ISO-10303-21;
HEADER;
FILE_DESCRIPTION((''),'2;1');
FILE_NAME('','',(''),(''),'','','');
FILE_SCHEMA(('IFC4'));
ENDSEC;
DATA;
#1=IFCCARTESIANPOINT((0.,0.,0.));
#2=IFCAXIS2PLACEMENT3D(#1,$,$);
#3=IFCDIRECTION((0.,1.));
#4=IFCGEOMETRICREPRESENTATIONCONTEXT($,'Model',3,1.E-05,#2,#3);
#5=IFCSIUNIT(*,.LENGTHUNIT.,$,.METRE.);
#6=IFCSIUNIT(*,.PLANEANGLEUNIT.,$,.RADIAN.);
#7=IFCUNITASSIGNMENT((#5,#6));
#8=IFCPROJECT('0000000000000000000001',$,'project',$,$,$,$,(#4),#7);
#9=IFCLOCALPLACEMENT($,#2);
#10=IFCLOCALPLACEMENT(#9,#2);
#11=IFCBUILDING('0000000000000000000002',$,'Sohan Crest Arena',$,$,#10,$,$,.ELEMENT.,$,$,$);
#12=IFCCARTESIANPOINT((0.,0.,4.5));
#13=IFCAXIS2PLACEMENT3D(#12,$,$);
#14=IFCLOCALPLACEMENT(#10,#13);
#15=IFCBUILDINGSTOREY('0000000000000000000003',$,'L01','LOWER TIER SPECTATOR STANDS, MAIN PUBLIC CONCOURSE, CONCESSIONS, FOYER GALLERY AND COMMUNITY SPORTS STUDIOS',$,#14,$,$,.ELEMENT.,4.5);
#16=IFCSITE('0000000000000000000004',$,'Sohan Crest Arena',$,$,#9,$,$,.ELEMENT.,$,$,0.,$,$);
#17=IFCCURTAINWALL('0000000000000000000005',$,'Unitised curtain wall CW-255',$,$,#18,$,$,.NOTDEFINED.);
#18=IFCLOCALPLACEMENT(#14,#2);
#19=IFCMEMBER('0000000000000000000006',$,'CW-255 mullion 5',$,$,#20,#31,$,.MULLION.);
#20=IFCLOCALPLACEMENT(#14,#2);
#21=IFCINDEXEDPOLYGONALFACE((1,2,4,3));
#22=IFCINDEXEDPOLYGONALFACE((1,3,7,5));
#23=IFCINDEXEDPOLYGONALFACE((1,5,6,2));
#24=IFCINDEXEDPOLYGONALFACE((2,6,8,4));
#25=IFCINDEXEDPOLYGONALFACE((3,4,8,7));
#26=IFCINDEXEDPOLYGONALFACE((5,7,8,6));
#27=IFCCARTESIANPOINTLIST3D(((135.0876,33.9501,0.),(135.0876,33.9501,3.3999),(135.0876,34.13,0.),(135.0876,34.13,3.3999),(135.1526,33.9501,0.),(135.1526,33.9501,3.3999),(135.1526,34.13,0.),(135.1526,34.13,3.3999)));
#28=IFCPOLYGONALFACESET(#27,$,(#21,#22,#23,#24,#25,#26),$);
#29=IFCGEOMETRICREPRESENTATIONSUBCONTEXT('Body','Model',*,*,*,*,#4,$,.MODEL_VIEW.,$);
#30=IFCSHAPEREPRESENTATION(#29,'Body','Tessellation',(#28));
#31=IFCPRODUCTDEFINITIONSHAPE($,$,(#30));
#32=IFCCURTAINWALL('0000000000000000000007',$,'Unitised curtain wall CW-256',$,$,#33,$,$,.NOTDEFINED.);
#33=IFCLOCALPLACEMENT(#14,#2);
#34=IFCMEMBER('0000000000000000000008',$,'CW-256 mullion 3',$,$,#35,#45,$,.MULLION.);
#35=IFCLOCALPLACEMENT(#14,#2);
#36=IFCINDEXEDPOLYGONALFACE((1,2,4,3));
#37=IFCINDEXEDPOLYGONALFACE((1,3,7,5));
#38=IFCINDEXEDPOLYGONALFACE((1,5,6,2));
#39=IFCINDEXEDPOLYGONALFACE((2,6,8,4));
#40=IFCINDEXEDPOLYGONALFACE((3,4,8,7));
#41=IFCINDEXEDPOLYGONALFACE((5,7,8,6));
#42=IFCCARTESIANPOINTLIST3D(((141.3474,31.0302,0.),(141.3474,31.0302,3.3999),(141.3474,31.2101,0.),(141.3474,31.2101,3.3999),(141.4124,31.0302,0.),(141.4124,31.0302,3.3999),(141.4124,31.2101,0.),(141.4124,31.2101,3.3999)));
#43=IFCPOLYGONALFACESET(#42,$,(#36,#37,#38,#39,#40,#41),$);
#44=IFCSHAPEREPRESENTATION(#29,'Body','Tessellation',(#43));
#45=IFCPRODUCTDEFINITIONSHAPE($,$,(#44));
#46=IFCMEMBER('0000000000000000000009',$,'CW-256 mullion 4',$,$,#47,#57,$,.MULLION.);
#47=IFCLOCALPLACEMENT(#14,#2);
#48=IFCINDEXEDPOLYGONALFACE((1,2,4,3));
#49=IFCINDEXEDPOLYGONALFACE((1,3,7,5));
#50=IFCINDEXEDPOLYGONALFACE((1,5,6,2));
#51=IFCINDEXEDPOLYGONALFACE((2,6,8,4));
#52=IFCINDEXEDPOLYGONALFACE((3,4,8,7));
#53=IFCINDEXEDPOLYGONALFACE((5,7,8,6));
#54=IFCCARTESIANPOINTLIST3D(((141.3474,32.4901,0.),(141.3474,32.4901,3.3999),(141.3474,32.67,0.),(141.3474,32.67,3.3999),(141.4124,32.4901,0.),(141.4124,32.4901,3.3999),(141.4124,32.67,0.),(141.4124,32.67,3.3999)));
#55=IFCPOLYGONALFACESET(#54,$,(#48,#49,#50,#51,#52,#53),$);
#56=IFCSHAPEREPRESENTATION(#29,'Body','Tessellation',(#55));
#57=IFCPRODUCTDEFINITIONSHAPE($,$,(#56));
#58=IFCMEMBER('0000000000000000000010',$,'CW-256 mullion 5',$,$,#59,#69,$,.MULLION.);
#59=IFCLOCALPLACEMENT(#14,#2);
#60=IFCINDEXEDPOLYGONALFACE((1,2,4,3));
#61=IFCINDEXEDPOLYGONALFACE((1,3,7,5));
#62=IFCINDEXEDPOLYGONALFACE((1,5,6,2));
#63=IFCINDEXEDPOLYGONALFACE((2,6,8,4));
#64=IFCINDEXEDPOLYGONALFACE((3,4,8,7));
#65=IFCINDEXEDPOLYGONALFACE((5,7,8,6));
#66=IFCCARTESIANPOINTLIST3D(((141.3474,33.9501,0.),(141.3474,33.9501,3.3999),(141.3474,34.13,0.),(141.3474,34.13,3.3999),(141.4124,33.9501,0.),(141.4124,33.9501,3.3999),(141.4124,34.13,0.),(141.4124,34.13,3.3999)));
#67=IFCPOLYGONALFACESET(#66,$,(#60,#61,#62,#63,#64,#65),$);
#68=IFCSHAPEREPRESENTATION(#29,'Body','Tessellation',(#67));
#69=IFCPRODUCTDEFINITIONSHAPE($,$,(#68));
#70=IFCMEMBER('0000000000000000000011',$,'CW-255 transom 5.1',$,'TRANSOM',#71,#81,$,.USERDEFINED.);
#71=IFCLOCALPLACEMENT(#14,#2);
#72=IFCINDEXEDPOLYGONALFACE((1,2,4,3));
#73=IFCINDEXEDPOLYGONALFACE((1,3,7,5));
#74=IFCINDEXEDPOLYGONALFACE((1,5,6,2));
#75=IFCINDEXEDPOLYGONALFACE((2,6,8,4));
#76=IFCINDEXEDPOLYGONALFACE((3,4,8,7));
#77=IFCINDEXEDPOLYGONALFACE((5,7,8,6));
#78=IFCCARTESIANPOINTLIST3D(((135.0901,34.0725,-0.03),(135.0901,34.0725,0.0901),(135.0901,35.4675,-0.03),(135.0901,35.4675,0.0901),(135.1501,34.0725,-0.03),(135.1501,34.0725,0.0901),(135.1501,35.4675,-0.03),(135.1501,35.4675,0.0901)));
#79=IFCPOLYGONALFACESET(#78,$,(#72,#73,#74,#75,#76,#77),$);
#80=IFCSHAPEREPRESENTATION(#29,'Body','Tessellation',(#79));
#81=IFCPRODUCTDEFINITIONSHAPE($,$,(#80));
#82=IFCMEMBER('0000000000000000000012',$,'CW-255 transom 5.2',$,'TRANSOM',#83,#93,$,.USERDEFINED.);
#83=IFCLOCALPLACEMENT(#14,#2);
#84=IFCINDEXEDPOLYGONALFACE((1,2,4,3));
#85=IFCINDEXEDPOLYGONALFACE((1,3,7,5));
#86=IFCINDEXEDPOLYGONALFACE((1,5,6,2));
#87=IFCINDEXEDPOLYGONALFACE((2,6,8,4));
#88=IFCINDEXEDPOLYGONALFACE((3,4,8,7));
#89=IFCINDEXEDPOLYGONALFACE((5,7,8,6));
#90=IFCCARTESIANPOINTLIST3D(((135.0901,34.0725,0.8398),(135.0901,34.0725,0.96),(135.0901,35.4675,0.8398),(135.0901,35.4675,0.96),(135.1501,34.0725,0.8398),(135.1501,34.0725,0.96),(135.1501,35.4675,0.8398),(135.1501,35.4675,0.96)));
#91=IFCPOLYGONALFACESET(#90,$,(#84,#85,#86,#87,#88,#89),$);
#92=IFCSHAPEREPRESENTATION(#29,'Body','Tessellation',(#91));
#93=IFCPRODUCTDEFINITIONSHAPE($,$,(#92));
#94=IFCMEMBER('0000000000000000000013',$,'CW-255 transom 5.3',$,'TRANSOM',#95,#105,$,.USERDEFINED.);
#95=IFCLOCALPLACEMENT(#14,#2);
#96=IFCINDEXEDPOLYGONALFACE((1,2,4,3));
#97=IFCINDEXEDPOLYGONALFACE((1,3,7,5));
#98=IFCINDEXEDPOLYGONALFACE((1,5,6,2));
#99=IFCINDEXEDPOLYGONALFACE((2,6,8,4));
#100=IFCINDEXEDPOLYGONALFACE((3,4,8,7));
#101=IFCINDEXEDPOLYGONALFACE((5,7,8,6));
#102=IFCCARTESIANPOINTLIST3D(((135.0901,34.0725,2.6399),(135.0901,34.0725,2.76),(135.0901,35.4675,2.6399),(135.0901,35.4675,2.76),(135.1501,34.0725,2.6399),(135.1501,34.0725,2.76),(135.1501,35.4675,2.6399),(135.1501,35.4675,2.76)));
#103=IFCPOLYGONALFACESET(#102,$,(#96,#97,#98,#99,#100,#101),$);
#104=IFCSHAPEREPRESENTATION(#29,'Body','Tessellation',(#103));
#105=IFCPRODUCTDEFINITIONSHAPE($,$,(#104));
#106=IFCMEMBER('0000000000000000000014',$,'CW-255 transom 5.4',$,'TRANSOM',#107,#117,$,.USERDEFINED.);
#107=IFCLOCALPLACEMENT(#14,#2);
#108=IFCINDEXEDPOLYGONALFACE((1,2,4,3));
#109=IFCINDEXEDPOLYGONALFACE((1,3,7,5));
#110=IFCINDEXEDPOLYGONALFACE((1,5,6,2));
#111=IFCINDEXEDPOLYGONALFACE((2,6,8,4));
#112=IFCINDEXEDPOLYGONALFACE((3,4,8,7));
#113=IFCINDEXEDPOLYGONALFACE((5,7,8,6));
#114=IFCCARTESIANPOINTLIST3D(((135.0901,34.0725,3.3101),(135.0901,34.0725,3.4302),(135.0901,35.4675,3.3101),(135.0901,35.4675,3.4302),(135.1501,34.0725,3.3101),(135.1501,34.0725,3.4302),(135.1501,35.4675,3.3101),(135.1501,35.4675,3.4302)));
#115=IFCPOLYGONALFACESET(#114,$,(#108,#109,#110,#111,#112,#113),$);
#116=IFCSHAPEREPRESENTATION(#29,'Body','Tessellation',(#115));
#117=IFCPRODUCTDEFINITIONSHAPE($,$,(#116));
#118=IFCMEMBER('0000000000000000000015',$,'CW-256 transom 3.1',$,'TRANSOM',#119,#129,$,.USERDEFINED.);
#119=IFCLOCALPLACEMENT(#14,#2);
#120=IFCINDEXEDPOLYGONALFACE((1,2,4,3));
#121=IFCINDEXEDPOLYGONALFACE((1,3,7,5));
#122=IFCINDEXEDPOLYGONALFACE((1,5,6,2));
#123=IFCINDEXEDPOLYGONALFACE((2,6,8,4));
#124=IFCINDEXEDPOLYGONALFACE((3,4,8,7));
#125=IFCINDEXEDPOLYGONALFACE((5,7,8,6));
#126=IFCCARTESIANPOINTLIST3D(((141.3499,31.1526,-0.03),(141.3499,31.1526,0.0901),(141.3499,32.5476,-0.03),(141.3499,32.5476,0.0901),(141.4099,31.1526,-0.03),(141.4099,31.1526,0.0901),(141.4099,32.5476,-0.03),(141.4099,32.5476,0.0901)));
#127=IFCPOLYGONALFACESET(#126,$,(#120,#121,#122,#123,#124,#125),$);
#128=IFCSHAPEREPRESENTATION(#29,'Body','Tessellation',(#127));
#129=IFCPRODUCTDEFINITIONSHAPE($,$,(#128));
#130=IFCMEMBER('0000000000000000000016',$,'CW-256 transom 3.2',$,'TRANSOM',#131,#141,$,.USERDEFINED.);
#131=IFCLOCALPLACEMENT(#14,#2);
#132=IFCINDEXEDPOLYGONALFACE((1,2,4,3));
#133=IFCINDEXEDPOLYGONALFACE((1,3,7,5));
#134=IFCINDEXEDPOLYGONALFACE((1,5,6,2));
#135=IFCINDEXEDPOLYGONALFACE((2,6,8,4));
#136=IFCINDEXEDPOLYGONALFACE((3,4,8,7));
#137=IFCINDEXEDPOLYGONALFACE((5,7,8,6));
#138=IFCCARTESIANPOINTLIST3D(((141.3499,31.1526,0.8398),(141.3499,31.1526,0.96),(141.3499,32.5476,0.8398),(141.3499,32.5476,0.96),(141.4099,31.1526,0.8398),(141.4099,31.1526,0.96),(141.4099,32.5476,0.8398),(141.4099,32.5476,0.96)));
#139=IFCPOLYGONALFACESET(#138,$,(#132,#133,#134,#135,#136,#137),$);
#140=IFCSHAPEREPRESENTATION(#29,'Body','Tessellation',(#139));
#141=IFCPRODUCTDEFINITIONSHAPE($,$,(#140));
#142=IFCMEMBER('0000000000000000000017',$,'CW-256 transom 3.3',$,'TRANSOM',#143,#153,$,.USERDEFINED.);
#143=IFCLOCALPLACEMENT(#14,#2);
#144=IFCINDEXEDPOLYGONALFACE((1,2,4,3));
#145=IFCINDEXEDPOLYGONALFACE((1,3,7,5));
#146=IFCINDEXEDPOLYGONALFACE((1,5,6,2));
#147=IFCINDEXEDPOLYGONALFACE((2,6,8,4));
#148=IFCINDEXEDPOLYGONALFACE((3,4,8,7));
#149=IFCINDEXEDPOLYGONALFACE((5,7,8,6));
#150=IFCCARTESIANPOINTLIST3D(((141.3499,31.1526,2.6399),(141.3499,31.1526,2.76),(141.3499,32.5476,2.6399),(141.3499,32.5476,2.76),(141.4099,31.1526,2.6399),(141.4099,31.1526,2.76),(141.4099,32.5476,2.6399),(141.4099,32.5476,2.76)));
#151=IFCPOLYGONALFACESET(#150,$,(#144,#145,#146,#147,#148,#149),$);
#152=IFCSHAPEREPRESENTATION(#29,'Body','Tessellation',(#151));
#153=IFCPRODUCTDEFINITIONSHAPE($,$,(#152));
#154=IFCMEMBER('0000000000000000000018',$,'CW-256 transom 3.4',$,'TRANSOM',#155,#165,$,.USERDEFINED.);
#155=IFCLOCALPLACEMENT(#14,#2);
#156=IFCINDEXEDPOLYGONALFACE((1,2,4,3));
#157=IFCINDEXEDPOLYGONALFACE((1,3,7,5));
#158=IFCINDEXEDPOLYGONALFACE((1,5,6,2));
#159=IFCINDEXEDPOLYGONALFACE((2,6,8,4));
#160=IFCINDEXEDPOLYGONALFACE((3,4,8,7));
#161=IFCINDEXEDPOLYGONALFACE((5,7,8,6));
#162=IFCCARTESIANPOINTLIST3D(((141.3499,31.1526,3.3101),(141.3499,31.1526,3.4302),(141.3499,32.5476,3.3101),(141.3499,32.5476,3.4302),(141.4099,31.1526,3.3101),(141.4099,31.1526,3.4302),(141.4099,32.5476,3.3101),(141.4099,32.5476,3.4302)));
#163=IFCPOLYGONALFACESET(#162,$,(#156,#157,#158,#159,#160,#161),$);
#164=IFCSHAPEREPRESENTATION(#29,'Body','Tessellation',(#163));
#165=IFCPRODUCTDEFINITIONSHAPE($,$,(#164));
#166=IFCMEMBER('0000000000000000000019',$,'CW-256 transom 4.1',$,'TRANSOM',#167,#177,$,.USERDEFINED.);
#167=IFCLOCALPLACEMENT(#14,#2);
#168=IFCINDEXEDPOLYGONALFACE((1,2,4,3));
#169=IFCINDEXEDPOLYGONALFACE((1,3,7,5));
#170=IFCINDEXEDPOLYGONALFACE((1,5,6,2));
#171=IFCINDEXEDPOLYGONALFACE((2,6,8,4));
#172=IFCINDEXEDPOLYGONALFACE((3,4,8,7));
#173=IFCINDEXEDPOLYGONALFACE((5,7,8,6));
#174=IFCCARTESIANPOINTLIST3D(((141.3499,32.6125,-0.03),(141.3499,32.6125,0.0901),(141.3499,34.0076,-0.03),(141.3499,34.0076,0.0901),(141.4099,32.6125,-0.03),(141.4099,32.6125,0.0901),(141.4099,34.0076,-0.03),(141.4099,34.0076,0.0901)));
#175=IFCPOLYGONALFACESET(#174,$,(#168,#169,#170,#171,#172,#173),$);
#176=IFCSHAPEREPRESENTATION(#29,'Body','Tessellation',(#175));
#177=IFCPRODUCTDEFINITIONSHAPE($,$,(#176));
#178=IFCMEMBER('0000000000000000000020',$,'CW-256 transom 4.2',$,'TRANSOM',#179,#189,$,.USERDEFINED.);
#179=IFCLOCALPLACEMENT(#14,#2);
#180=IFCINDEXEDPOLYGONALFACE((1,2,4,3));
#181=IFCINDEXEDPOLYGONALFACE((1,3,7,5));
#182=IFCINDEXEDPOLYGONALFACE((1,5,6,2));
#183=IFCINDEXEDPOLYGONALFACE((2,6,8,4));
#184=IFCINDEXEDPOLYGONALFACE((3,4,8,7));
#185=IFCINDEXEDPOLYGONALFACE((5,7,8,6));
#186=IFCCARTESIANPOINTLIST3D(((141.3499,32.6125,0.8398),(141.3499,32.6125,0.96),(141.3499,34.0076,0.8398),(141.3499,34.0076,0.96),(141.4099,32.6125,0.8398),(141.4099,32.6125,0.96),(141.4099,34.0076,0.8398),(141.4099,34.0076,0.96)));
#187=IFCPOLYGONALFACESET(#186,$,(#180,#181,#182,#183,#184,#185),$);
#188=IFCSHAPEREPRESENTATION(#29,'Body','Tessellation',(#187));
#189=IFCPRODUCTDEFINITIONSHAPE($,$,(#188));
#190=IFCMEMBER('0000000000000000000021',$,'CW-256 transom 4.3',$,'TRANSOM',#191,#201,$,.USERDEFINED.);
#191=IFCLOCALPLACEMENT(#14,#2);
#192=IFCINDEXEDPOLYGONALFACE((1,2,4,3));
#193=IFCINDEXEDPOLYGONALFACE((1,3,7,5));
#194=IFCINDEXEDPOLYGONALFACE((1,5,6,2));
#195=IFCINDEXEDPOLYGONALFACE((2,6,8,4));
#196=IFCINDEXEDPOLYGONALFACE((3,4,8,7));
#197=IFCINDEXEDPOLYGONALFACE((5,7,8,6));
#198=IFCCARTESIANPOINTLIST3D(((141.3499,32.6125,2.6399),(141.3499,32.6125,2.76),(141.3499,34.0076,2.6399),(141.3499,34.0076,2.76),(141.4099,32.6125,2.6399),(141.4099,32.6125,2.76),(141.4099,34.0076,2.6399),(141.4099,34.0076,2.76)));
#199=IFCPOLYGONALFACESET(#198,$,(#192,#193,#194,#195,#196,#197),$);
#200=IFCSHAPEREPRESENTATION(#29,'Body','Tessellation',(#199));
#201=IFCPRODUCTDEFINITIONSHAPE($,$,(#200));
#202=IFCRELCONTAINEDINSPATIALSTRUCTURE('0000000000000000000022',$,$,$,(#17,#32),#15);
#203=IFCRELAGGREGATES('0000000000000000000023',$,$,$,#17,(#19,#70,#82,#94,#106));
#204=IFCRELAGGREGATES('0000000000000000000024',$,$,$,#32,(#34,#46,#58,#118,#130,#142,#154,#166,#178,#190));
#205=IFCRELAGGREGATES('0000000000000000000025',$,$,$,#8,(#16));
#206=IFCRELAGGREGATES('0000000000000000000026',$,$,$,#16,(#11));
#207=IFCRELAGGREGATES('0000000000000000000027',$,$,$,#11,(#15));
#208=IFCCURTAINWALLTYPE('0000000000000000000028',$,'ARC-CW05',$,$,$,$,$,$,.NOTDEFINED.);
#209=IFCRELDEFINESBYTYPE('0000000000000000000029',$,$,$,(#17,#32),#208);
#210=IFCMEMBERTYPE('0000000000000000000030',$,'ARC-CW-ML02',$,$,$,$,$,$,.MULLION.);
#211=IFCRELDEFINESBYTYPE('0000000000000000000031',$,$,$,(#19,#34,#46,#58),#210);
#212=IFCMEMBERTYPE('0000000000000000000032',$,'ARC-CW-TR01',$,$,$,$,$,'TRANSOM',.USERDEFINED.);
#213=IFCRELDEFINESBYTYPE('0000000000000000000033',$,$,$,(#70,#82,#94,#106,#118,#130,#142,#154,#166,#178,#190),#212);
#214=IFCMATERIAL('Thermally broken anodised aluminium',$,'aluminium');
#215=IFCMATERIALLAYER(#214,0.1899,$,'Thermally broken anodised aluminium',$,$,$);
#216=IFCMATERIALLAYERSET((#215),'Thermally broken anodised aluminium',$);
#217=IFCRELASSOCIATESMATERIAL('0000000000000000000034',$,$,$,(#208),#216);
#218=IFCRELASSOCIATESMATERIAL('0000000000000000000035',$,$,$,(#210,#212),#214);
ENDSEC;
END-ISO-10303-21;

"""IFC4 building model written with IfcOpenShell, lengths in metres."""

from ifc_helpers import new_model, si_unit, direction, frame, origin, origin_2d, place, context, subcontext, project, spatial, rectangle, extrude, material, layer, layer_set, material_profile, profile_set, type_object, element, aggregate, save


model = new_model("IFC4")

# Units and contexts
model_context = context("Model", 3, precision=1e-05, world=origin(), true_north=direction((0.0, 1.0)))
body_context = subcontext(model_context, "Body", "Model", "MODEL_VIEW")
ifc_project = project(units=[si_unit("LENGTHUNIT", "METRE"), si_unit("PLANEANGLEUNIT", "RADIAN")], contexts=[model_context])

# Site, building, storey
site_placement = place(None, origin())
site = spatial("IfcSite", under=ifc_project, at=site_placement, Name="Sohan Crest Arena", CompositionType="ELEMENT", RefElevation=0.0)
building_placement = place(site_placement, origin())
building = spatial("IfcBuilding", under=site, at=building_placement, Name="Sohan Crest Arena", CompositionType="ELEMENT")
storey_placement = place(building_placement, frame((0.0, 0.0, 4.5)))
storey = spatial("IfcBuildingStorey", under=building, at=storey_placement, Name="L01", Description="LOWER TIER SPECTATOR STANDS, MAIN PUBLIC CONCOURSE, CONCESSIONS, FOYER GALLERY AND COMMUNITY SPORTS STUDIOS", CompositionType="ELEMENT", Elevation=4.5)

# Curtain wall, member
ifc_material_1 = material(Name="Thermally broken anodised aluminium", Category="aluminium")
ifc_layer_1 = layer(ifc_material_1, 0.1899, Name="Thermally broken anodised aluminium")
ifc_layer_set_1 = layer_set([ifc_layer_1], Name="Thermally broken anodised aluminium")
curtain_wall_type = type_object("IfcCurtainWallType", Name="ARC-CW05", PredefinedType="NOTDEFINED", material=ifc_layer_set_1)
curtain_wall_1_placement = place(storey_placement, origin())
curtain_wall_1 = element("IfcCurtainWall", 1, at=curtain_wall_1_placement, inside=storey, type_object=curtain_wall_type, Name="Unitised curtain wall CW-255", PredefinedType="NOTDEFINED")
ifc_material_profile_1 = material_profile(ifc_material_1, rectangle(XDim=0.0649, YDim=0.1799, at=origin_2d()), Name="ALU-MULL 65x180")
ifc_profile_set_1 = profile_set([ifc_material_profile_1], Name="Thermally broken anodised aluminium")
member_type_1 = type_object("IfcMemberType", Name="ARC-CW-ML02", PredefinedType="MULLION", material=ifc_profile_set_1)
member_1_placement = place(storey_placement, frame((135.1201, 34.04, 0.0), z_axis=(0.0, 0.0, 1.0), x_axis=(-1.0, 0.0, 0.0)))
member_1 = element("IfcMember", 2, at=member_1_placement, type_object=member_type_1, Name="CW-255 mullion 5", PredefinedType="MULLION", context=body_context, shape_type="SweptSolid", body=[
    extrude(rectangle(XDim=0.0649, YDim=0.1799, at=origin_2d()), origin(), (0.0, 0.0, 1.0), 3.3999),
])

# Curtain wall, members
curtain_wall_2_placement = place(storey_placement, origin())
curtain_wall_2 = element("IfcCurtainWall", 3, at=curtain_wall_2_placement, inside=storey, type_object=curtain_wall_type, Name="Unitised curtain wall CW-256", PredefinedType="NOTDEFINED")
member_2_placement = place(storey_placement, frame((141.3799, 31.1201, 0.0), z_axis=(0.0, 0.0, 1.0), x_axis=(-1.0, 0.0, 0.0)))
member_2 = element("IfcMember", 4, at=member_2_placement, type_object=member_type_1, Name="CW-256 mullion 3", PredefinedType="MULLION", context=body_context, shape_type="SweptSolid", body=[
    extrude(rectangle(XDim=0.0649, YDim=0.1799, at=origin_2d()), origin(), (0.0, 0.0, 1.0), 3.3999),
])
member_3_placement = place(storey_placement, frame((141.3799, 32.5801, 0.0), z_axis=(0.0, 0.0, 1.0), x_axis=(-1.0, 0.0, 0.0)))
member_3 = element("IfcMember", 5, at=member_3_placement, type_object=member_type_1, Name="CW-256 mullion 4", PredefinedType="MULLION", context=body_context, shape_type="SweptSolid", body=[
    extrude(rectangle(XDim=0.0649, YDim=0.1799, at=origin_2d()), origin(), (0.0, 0.0, 1.0), 3.3999),
])
member_4_placement = place(storey_placement, frame((141.3799, 34.04, 0.0), z_axis=(0.0, 0.0, 1.0), x_axis=(-1.0, 0.0, 0.0)))
member_4 = element("IfcMember", 6, at=member_4_placement, type_object=member_type_1, Name="CW-256 mullion 5", PredefinedType="MULLION", context=body_context, shape_type="SweptSolid", body=[
    extrude(rectangle(XDim=0.0649, YDim=0.1799, at=origin_2d()), origin(), (0.0, 0.0, 1.0), 3.3999),
])

# Members
ifc_material_profile_2 = material_profile(ifc_material_1, rectangle(XDim=0.0601, YDim=0.1201, at=origin_2d()), Name="ALU-TRAN 60x120")
ifc_profile_set_2 = profile_set([ifc_material_profile_2], Name="Thermally broken anodised aluminium")
member_type_2 = type_object("IfcMemberType", Name="ARC-CW-TR01", ElementType="TRANSOM", PredefinedType="USERDEFINED", material=ifc_profile_set_2)
member_5_placement = place(storey_placement, frame((135.1201, 34.0725, 0.03), z_axis=(0.0, 1.0, 0.0), x_axis=(-1.0, 0.0, 0.0)))
member_5 = element("IfcMember", 7, at=member_5_placement, type_object=member_type_2, Name="CW-255 transom 5.1", ObjectType="TRANSOM", PredefinedType="USERDEFINED", context=body_context, shape_type="SweptSolid", body=[
    extrude(rectangle(XDim=0.0601, YDim=0.1201, at=origin_2d()), origin(), (0.0, 0.0, 1.0), 1.395),
])
member_6_placement = place(storey_placement, frame((135.1201, 34.0725, 0.8999), z_axis=(0.0, 1.0, 0.0), x_axis=(-1.0, 0.0, 0.0)))
member_6 = element("IfcMember", 8, at=member_6_placement, type_object=member_type_2, Name="CW-255 transom 5.2", ObjectType="TRANSOM", PredefinedType="USERDEFINED", context=body_context, shape_type="SweptSolid", body=[
    extrude(rectangle(XDim=0.0601, YDim=0.1201, at=origin_2d()), origin(), (0.0, 0.0, 1.0), 1.395),
])
member_7_placement = place(storey_placement, frame((135.1201, 34.0725, 2.7), z_axis=(0.0, 1.0, 0.0), x_axis=(-1.0, 0.0, 0.0)))
member_7 = element("IfcMember", 9, at=member_7_placement, type_object=member_type_2, Name="CW-255 transom 5.3", ObjectType="TRANSOM", PredefinedType="USERDEFINED", context=body_context, shape_type="SweptSolid", body=[
    extrude(rectangle(XDim=0.0601, YDim=0.1201, at=origin_2d()), origin(), (0.0, 0.0, 1.0), 1.395),
])
member_8_placement = place(storey_placement, frame((135.1201, 34.0725, 3.3701), z_axis=(0.0, 1.0, 0.0), x_axis=(-1.0, 0.0, 0.0)))
member_8 = element("IfcMember", 10, at=member_8_placement, type_object=member_type_2, Name="CW-255 transom 5.4", ObjectType="TRANSOM", PredefinedType="USERDEFINED", context=body_context, shape_type="SweptSolid", body=[
    extrude(rectangle(XDim=0.0601, YDim=0.1201, at=origin_2d()), origin(), (0.0, 0.0, 1.0), 1.395),
])
member_9_placement = place(storey_placement, frame((141.3799, 31.1526, 0.03), z_axis=(0.0, 1.0, 0.0), x_axis=(-1.0, 0.0, 0.0)))
member_9 = element("IfcMember", 11, at=member_9_placement, type_object=member_type_2, Name="CW-256 transom 3.1", ObjectType="TRANSOM", PredefinedType="USERDEFINED", context=body_context, shape_type="SweptSolid", body=[
    extrude(rectangle(XDim=0.0601, YDim=0.1201, at=origin_2d()), origin(), (0.0, 0.0, 1.0), 1.395),
])
member_10_placement = place(storey_placement, frame((141.3799, 31.1526, 0.8999), z_axis=(0.0, 1.0, 0.0), x_axis=(-1.0, 0.0, 0.0)))
member_10 = element("IfcMember", 12, at=member_10_placement, type_object=member_type_2, Name="CW-256 transom 3.2", ObjectType="TRANSOM", PredefinedType="USERDEFINED", context=body_context, shape_type="SweptSolid", body=[
    extrude(rectangle(XDim=0.0601, YDim=0.1201, at=origin_2d()), origin(), (0.0, 0.0, 1.0), 1.395),
])
member_11_placement = place(storey_placement, frame((141.3799, 31.1526, 2.7), z_axis=(0.0, 1.0, 0.0), x_axis=(-1.0, 0.0, 0.0)))
member_11 = element("IfcMember", 13, at=member_11_placement, type_object=member_type_2, Name="CW-256 transom 3.3", ObjectType="TRANSOM", PredefinedType="USERDEFINED", context=body_context, shape_type="SweptSolid", body=[
    extrude(rectangle(XDim=0.0601, YDim=0.1201, at=origin_2d()), origin(), (0.0, 0.0, 1.0), 1.395),
])
member_12_placement = place(storey_placement, frame((141.3799, 31.1526, 3.3701), z_axis=(0.0, 1.0, 0.0), x_axis=(-1.0, 0.0, 0.0)))
member_12 = element("IfcMember", 14, at=member_12_placement, type_object=member_type_2, Name="CW-256 transom 3.4", ObjectType="TRANSOM", PredefinedType="USERDEFINED", context=body_context, shape_type="SweptSolid", body=[
    extrude(rectangle(XDim=0.0601, YDim=0.1201, at=origin_2d()), origin(), (0.0, 0.0, 1.0), 1.395),
])
member_13_placement = place(storey_placement, frame((141.3799, 32.6125, 0.03), z_axis=(0.0, 1.0, 0.0), x_axis=(-1.0, 0.0, 0.0)))
member_13 = element("IfcMember", 15, at=member_13_placement, type_object=member_type_2, Name="CW-256 transom 4.1", ObjectType="TRANSOM", PredefinedType="USERDEFINED", context=body_context, shape_type="SweptSolid", body=[
    extrude(rectangle(XDim=0.0601, YDim=0.1201, at=origin_2d()), origin(), (0.0, 0.0, 1.0), 1.395),
])
member_14_placement = place(storey_placement, frame((141.3799, 32.6125, 0.8999), z_axis=(0.0, 1.0, 0.0), x_axis=(-1.0, 0.0, 0.0)))
member_14 = element("IfcMember", 16, at=member_14_placement, type_object=member_type_2, Name="CW-256 transom 4.2", ObjectType="TRANSOM", PredefinedType="USERDEFINED", context=body_context, shape_type="SweptSolid", body=[
    extrude(rectangle(XDim=0.0601, YDim=0.1201, at=origin_2d()), origin(), (0.0, 0.0, 1.0), 1.395),
])
member_15_placement = place(storey_placement, frame((141.3799, 32.6125, 2.7), z_axis=(0.0, 1.0, 0.0), x_axis=(-1.0, 0.0, 0.0)))
member_15 = element("IfcMember", 17, at=member_15_placement, type_object=member_type_2, Name="CW-256 transom 4.3", ObjectType="TRANSOM", PredefinedType="USERDEFINED", context=body_context, shape_type="SweptSolid", body=[
    extrude(rectangle(XDim=0.0601, YDim=0.1201, at=origin_2d()), origin(), (0.0, 0.0, 1.0), 1.395),
])

aggregate(curtain_wall_1, [member_1, member_5, member_6, member_7, member_8])
aggregate(curtain_wall_2, [member_2, member_3, member_4, member_9, member_10, member_11, member_12, member_13, member_14, member_15])

save(model, "model.ifc")
